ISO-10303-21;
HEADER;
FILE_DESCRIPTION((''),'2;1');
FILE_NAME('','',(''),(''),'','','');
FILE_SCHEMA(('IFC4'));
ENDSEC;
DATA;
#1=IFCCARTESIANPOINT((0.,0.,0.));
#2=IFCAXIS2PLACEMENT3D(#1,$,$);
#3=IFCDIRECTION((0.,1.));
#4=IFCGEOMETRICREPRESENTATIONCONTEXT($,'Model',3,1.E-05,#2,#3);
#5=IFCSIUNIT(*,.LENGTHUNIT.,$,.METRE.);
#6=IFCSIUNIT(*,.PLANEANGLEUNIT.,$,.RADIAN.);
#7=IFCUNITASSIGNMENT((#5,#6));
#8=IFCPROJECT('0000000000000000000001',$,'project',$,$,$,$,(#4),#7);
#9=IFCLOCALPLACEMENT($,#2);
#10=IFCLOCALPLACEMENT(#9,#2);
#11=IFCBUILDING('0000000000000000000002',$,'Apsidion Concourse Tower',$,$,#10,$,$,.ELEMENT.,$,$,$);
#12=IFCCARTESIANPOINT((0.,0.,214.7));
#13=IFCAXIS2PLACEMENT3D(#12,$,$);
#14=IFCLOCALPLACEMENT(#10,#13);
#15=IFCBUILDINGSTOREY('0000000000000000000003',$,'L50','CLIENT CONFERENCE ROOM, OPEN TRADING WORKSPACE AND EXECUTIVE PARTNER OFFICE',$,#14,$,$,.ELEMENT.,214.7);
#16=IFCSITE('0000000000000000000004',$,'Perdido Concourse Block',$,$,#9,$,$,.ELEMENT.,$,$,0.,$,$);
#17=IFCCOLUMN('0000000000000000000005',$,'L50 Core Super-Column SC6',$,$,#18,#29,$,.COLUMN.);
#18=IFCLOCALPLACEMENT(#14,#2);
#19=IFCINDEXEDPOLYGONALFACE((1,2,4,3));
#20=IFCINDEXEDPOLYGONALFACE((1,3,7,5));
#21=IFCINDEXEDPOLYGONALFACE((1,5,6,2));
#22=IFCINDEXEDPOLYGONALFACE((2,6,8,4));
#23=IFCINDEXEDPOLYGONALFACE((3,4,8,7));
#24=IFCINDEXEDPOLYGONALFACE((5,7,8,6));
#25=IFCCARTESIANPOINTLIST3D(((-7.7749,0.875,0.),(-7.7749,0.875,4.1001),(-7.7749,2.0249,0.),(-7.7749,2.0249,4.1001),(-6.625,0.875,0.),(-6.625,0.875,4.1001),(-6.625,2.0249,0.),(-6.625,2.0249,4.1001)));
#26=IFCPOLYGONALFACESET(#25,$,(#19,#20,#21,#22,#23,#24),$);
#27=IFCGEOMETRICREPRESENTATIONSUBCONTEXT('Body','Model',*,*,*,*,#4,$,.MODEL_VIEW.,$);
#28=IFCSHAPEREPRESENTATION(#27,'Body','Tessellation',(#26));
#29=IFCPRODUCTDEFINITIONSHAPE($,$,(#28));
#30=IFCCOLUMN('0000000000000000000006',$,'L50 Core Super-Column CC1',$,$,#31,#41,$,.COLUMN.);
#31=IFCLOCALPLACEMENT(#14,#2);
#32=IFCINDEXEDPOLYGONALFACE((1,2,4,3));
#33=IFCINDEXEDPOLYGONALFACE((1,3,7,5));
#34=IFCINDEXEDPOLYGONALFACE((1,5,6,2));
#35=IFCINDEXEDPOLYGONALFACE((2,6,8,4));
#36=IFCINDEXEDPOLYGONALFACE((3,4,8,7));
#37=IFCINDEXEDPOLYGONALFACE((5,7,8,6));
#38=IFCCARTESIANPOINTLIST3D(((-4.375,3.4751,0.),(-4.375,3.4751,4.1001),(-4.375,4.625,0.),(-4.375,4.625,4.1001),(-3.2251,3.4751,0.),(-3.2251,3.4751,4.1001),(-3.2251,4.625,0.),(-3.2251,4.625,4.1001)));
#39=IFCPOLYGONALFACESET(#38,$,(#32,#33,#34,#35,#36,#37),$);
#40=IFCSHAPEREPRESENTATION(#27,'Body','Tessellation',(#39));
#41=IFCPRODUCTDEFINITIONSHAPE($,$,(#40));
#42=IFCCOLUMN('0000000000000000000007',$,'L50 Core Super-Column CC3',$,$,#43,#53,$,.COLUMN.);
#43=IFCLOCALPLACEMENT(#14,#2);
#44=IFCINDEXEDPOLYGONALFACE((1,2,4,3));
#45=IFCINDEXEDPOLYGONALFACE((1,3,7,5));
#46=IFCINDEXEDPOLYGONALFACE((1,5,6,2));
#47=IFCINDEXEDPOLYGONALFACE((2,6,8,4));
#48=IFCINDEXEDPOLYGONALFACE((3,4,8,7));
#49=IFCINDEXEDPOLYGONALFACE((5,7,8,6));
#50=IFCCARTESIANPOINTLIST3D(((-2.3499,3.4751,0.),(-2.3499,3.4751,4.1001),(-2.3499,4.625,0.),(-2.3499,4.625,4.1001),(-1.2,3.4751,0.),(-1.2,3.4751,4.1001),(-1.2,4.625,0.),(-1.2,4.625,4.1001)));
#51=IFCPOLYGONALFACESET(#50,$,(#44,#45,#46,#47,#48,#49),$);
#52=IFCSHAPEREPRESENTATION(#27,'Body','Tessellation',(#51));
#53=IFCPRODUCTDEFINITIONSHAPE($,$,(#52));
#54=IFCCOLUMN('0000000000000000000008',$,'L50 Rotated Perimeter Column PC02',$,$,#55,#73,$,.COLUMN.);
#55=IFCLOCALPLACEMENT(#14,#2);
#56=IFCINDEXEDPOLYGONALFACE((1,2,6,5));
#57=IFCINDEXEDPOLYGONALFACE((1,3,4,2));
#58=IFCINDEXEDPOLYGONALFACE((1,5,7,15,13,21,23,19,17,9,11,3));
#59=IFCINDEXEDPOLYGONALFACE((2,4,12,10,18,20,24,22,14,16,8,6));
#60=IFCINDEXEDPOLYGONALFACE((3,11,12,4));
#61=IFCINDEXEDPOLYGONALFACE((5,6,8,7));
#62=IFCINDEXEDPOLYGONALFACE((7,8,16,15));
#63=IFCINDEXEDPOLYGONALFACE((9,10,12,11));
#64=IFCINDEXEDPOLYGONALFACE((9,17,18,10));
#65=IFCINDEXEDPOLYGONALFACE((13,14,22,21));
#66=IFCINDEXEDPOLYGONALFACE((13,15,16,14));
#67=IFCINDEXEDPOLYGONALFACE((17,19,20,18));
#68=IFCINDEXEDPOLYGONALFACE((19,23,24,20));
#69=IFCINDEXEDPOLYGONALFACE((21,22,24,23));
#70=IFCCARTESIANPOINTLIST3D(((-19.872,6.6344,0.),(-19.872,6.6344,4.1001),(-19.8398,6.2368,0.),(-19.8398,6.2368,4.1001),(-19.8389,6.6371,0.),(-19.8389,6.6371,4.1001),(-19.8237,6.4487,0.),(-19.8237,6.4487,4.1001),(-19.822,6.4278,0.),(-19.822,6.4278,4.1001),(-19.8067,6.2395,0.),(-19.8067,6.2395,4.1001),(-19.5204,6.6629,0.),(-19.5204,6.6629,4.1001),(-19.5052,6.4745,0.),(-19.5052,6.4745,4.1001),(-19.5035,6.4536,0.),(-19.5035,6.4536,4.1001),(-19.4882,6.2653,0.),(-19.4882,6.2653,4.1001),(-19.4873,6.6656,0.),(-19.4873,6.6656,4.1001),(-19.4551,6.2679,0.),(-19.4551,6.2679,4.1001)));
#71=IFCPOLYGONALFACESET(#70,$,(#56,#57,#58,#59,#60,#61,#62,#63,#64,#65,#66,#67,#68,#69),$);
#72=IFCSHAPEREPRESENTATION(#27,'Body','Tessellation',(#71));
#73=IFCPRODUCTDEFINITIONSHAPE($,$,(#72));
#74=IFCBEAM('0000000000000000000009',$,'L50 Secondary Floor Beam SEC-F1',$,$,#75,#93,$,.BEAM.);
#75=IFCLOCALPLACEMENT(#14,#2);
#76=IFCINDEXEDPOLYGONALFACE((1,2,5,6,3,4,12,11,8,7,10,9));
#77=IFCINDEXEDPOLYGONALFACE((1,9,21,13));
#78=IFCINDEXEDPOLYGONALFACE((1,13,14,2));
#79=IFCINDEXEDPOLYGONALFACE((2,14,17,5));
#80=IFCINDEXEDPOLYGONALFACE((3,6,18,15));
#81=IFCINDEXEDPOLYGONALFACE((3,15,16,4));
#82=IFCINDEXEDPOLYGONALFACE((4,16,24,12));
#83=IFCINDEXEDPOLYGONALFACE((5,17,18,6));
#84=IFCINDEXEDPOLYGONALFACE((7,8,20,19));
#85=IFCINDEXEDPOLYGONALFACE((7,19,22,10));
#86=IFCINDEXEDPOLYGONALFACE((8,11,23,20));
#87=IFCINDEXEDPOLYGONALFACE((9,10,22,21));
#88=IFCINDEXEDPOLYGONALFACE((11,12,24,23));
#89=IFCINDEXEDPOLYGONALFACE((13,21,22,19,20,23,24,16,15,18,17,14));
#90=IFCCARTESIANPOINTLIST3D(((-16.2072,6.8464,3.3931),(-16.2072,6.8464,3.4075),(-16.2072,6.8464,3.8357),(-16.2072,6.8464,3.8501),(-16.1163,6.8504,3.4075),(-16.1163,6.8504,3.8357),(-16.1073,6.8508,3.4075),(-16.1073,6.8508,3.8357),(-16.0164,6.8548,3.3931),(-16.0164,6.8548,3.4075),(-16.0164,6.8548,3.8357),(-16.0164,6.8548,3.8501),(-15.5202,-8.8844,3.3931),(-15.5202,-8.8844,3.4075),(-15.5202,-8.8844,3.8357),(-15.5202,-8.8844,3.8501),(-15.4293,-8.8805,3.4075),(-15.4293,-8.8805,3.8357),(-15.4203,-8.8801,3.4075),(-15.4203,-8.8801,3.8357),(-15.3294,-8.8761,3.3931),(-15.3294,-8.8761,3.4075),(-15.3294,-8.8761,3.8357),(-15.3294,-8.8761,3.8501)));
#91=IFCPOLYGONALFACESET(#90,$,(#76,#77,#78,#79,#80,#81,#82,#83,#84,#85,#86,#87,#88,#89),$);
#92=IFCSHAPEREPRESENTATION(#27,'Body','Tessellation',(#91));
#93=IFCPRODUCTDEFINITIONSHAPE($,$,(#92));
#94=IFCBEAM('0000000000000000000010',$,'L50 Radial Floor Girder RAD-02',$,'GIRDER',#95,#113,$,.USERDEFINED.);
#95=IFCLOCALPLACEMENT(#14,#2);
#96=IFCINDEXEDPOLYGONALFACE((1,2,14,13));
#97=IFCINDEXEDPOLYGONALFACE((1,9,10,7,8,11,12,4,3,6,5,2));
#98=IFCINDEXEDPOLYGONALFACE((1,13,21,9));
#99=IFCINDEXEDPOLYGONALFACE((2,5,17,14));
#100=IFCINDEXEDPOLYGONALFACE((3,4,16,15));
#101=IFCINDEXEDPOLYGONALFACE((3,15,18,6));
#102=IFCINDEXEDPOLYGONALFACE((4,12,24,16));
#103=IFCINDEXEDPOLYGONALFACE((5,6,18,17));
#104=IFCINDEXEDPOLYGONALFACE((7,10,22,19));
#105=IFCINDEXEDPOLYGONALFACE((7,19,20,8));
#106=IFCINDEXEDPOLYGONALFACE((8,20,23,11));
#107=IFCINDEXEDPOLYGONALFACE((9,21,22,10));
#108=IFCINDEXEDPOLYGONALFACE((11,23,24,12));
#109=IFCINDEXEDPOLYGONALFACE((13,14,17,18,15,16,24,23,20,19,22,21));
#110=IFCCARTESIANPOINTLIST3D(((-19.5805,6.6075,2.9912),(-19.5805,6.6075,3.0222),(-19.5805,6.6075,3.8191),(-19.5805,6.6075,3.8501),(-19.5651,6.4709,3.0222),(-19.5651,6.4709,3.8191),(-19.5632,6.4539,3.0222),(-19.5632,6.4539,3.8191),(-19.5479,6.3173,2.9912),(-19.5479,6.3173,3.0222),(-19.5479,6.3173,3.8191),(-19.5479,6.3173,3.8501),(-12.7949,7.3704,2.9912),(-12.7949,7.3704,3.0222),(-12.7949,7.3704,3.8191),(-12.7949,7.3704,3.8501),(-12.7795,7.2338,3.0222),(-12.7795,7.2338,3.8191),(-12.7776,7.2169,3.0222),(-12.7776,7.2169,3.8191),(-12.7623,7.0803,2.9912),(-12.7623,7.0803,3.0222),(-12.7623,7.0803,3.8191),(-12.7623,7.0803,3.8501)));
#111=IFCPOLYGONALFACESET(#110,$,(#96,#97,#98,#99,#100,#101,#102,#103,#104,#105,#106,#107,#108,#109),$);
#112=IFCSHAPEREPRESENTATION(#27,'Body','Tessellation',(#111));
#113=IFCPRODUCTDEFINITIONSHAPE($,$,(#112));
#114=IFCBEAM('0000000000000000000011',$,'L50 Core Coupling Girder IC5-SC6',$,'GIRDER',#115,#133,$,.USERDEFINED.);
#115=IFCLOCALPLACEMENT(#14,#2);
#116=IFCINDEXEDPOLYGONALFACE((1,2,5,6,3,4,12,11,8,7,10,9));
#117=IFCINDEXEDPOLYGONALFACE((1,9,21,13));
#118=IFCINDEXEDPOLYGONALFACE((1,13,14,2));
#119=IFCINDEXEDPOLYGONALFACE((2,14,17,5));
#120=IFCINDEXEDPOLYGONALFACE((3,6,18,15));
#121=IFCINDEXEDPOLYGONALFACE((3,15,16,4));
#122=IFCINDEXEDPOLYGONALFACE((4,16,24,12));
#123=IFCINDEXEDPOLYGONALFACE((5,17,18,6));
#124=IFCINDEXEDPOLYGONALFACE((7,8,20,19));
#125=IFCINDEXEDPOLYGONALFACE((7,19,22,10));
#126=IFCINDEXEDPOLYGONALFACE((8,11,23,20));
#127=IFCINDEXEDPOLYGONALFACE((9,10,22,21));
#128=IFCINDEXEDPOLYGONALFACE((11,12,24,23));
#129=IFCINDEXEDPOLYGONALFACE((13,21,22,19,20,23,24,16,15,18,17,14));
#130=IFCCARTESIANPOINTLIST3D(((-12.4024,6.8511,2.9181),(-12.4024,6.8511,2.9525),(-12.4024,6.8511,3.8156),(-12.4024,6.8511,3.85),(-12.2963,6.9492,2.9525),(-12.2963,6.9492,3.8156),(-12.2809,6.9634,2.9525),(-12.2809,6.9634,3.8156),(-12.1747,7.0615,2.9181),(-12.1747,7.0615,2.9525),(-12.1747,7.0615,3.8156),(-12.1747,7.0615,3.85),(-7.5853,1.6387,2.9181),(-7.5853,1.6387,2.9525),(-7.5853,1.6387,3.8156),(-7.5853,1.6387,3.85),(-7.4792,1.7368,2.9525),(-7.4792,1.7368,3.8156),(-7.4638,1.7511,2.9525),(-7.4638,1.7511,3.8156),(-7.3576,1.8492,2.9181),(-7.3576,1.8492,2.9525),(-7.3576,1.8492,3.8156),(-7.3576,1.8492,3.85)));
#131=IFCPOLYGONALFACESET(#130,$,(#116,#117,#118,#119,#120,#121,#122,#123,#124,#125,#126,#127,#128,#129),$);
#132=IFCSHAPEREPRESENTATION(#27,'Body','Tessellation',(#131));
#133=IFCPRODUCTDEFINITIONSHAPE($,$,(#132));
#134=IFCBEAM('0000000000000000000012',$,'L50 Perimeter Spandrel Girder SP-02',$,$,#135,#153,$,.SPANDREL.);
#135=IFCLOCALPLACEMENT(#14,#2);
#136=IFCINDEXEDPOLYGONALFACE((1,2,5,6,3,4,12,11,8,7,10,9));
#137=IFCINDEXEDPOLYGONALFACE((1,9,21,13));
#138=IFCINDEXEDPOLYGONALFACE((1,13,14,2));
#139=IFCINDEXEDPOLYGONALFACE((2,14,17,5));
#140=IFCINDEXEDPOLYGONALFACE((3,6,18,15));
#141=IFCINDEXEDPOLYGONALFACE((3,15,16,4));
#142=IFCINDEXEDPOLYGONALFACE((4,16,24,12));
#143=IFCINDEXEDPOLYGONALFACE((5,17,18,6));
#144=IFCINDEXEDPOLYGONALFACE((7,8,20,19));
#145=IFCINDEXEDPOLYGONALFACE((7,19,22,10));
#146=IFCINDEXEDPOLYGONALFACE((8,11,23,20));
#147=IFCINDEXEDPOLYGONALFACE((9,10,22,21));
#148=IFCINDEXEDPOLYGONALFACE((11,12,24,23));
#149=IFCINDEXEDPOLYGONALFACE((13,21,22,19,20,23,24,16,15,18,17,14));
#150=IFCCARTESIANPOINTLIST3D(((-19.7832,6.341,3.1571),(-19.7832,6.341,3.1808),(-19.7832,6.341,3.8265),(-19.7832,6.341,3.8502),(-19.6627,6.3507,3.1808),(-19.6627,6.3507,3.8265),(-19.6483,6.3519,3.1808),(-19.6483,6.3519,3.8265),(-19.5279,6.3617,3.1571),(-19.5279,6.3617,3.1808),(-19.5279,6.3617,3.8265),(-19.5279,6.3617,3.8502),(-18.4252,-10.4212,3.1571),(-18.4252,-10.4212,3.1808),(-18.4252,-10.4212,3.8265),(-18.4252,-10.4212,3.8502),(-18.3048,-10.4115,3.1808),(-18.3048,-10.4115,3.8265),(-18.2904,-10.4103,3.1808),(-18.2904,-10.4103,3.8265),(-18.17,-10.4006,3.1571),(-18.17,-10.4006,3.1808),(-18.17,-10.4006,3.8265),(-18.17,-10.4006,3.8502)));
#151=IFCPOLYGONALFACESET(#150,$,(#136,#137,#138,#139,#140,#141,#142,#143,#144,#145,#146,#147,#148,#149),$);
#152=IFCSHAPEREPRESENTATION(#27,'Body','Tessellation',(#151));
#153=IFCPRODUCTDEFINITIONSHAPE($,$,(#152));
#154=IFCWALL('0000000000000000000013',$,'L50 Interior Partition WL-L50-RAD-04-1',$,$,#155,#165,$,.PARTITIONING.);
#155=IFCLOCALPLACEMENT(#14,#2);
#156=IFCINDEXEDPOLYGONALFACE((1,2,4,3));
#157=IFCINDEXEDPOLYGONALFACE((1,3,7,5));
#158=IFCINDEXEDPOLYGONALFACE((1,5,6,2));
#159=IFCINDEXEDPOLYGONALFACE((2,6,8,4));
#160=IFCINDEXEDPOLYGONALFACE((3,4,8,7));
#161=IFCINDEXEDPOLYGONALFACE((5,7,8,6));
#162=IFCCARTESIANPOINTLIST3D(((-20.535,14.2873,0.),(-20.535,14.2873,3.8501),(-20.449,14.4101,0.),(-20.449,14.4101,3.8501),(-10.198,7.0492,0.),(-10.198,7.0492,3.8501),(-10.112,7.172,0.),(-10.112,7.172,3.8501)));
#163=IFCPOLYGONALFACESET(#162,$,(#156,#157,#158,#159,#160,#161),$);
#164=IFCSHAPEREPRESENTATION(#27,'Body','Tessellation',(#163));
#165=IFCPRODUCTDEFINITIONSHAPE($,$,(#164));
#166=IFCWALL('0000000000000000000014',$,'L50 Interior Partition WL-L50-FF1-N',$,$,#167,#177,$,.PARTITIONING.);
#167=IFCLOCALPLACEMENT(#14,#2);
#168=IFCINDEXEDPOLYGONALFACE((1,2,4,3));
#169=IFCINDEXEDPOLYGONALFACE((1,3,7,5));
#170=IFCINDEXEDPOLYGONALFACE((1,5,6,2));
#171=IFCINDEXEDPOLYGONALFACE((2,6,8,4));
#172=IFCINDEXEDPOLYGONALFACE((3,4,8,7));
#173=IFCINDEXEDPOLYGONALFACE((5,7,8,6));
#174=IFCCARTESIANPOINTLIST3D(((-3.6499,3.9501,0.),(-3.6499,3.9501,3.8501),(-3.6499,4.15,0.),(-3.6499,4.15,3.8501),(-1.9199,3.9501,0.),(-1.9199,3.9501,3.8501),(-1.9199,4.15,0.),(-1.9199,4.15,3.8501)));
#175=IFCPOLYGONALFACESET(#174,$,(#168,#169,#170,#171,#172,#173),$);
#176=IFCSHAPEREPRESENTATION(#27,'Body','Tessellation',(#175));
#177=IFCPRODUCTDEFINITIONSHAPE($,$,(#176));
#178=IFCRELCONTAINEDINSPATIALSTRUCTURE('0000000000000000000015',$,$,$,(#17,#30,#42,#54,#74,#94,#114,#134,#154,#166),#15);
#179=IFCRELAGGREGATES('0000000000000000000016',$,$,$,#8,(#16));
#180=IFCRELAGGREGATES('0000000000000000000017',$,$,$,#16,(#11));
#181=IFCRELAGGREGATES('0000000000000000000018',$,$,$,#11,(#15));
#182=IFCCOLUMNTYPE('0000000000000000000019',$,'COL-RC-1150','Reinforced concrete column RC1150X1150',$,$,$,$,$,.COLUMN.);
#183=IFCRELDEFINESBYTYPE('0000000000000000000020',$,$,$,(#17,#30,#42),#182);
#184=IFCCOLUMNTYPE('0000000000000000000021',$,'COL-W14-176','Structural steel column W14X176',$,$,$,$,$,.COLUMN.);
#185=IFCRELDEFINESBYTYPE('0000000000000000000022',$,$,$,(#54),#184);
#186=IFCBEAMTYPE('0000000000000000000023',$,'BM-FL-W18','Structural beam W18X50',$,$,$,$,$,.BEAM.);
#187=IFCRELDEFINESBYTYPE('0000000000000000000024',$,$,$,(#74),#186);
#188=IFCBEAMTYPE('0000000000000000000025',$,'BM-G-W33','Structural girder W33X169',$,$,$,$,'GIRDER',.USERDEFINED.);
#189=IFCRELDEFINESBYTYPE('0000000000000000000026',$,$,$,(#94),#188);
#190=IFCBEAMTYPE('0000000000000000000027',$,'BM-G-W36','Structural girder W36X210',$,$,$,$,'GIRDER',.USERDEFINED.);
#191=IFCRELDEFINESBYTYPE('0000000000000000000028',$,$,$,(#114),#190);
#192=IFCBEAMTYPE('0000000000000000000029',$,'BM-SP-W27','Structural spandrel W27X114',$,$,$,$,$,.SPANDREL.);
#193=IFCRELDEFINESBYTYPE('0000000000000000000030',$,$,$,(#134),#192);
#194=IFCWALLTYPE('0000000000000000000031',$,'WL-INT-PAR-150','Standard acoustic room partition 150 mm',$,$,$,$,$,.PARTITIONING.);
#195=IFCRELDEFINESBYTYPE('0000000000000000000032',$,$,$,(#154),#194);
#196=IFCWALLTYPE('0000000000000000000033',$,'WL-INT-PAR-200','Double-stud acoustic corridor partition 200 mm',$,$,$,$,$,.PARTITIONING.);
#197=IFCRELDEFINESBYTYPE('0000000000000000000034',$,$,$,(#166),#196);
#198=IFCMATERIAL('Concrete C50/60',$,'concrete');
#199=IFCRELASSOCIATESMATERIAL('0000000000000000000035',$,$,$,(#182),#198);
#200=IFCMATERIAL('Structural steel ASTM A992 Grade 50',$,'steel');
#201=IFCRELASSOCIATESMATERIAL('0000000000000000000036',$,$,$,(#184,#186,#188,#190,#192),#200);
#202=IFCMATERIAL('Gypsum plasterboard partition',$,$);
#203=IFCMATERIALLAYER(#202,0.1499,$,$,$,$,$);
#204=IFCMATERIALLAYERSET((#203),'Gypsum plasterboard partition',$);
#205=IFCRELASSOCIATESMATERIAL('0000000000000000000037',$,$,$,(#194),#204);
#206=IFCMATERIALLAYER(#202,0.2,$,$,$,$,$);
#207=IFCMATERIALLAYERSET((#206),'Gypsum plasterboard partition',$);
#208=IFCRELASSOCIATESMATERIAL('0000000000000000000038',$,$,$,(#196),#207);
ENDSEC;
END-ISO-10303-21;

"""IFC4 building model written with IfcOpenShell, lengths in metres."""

from ifc_helpers import new_model, si_unit, direction, frame, frame_2d, origin, origin_2d, place, context, subcontext, project, spatial, rectangle, i_section, extrude, material, layer, layer_set, material_profile, profile_set, type_object, element, save


model = new_model("IFC4")

# Units and contexts
model_context = context("Model", 3, precision=1e-05, world=origin(), true_north=direction((0.0, 1.0)))
body_context = subcontext(model_context, "Body", "Model", "MODEL_VIEW")
ifc_project = project(units=[si_unit("LENGTHUNIT", "METRE"), si_unit("PLANEANGLEUNIT", "RADIAN")], contexts=[model_context])

# Site, building, storey
site_placement = place(None, origin())
site = spatial("IfcSite", under=ifc_project, at=site_placement, Name="Perdido Concourse Block", CompositionType="ELEMENT", RefElevation=0.0)
building_placement = place(site_placement, origin())
building = spatial("IfcBuilding", under=site, at=building_placement, Name="Apsidion Concourse Tower", CompositionType="ELEMENT")
storey_placement = place(building_placement, frame((0.0, 0.0, 214.7)))
storey = spatial("IfcBuildingStorey", under=building, at=storey_placement, Name="L50", Description="CLIENT CONFERENCE ROOM, OPEN TRADING WORKSPACE AND EXECUTIVE PARTNER OFFICE", CompositionType="ELEMENT", Elevation=214.7)

# Columns
ifc_material_1 = material(Name="Concrete C50/60", Category="concrete")
ifc_material_profile_1 = material_profile(ifc_material_1, rectangle(XDim=1.1499, YDim=1.1499, at=origin_2d()), Name="RC 1150x1150")
ifc_profile_set_1 = profile_set([ifc_material_profile_1], Name="Concrete C50/60")
column_type_1 = type_object("IfcColumnType", Name="COL-RC-1150", Description="Reinforced concrete column RC1150X1150", PredefinedType="COLUMN", material=ifc_profile_set_1)
for number, where, z_axis, x_axis, name in (
    (1, (-7.2, 1.45, 0.0), (0.0, 0.0, 1.0), (1.0, 0.0, 0.0), "L50 Core Super-Column SC6"),
    (2, (-3.8, 4.05, 0.0), (0.0, 0.0, 1.0), (1.0, 0.0, 0.0), "L50 Core Super-Column CC1"),
    (3, (-1.7749, 4.05, 0.0), (0.0, 0.0, 1.0), (1.0, 0.0, 0.0), "L50 Core Super-Column CC3"),
):
    element("IfcColumn", number, at=place(storey_placement, frame(where, z_axis=z_axis, x_axis=x_axis)), inside=storey, type_object=column_type_1, Name=name, PredefinedType="COLUMN", context=body_context, shape_type="SweptSolid", body=[
        extrude(rectangle(XDim=1.1499, YDim=1.1499, at=origin_2d()), origin(), (0.0, 0.0, 1.0), 4.1001),
    ])
ifc_material_2 = material(Name="Structural steel ASTM A992 Grade 50", Category="steel")
ifc_material_profile_2 = material_profile(ifc_material_2, i_section(OverallWidth=0.3989, OverallDepth=0.386, WebThickness=0.021, FlangeThickness=0.0332, at=origin_2d()), Name="W14X176")
ifc_profile_set_2 = profile_set([ifc_material_profile_2], Name="Structural steel ASTM A992 Grade 50")
column_type_2 = type_object("IfcColumnType", Name="COL-W14-176", Description="Structural steel column W14X176", PredefinedType="COLUMN", material=ifc_profile_set_2)
column_placement = place(storey_placement, frame((-19.6636, 6.4512, 0.0), z_axis=(0.0, 0.0, 1.0), x_axis=(-0.080721, 0.996737, 0.0)))
element("IfcColumn", 4, at=column_placement, inside=storey, type_object=column_type_2, Name="L50 Rotated Perimeter Column PC02", PredefinedType="COLUMN", context=body_context, shape_type="SweptSolid", body=[
    extrude(i_section(OverallWidth=0.3989, OverallDepth=0.386, WebThickness=0.021, FlangeThickness=0.0332, at=origin_2d()), origin(), (0.0, 0.0, 1.0), 4.1001),
])

# Beams
ifc_material_profile_3 = material_profile(ifc_material_2, i_section(OverallWidth=0.1909, OverallDepth=0.457, WebThickness=0.009, FlangeThickness=0.0144, at=origin_2d()), Name="W18X50")
ifc_profile_set_3 = profile_set([ifc_material_profile_3], Name="Structural steel ASTM A992 Grade 50")
beam_type_1 = type_object("IfcBeamType", Name="BM-FL-W18", Description="Structural beam W18X50", PredefinedType="BEAM", material=ifc_profile_set_3)
beam_1_placement = place(storey_placement, frame((-16.1118, 6.8506, 3.6216), z_axis=(0.043631, -0.999048, 0.0), x_axis=(0.999048, 0.043631, 0.0)))
element("IfcBeam", 5, at=beam_1_placement, inside=storey, type_object=beam_type_1, Name="L50 Secondary Floor Beam SEC-F1", PredefinedType="BEAM", context=body_context, shape_type="SweptSolid", body=[
    extrude(i_section(OverallWidth=0.1909, OverallDepth=0.457, WebThickness=0.009, FlangeThickness=0.0144, at=origin_2d()), origin(), (0.0, 0.0, 1.0), 15.7458),
])
ifc_material_profile_4 = material_profile(ifc_material_2, i_section(OverallWidth=0.292, OverallDepth=0.8589, WebThickness=0.0171, FlangeThickness=0.031, at=origin_2d()), Name="W33X169")
ifc_profile_set_4 = profile_set([ifc_material_profile_4], Name="Structural steel ASTM A992 Grade 50")
beam_type_2 = type_object("IfcBeamType", Name="BM-G-W33", Description="Structural girder W33X169", ElementType="GIRDER", PredefinedType="USERDEFINED", material=ifc_profile_set_4)
beam_2_placement = place(storey_placement, frame((-12.7786, 7.2253, 3.4207), z_axis=(-0.993739, -0.11173, 0.0), x_axis=(0.11173, -0.993739, 0.0)))
element("IfcBeam", 6, at=beam_2_placement, inside=storey, type_object=beam_type_2, Name="L50 Radial Floor Girder RAD-02", ObjectType="GIRDER", PredefinedType="USERDEFINED", context=body_context, shape_type="SweptSolid", body=[
    extrude(i_section(OverallWidth=0.292, OverallDepth=0.8589, WebThickness=0.0171, FlangeThickness=0.031, at=origin_2d()), origin(), (0.0, 0.0, 1.0), 6.8284),
])
ifc_material_profile_5 = material_profile(ifc_material_2, i_section(OverallWidth=0.3101, OverallDepth=0.9319, WebThickness=0.021, FlangeThickness=0.0344, at=origin_2d()), Name="W36X210")
ifc_profile_set_5 = profile_set([ifc_material_profile_5], Name="Structural steel ASTM A992 Grade 50")
beam_type_3 = type_object("IfcBeamType", Name="BM-G-W36", Description="Structural girder W36X210", ElementType="GIRDER", PredefinedType="USERDEFINED", material=ifc_profile_set_5)
beam_3_placement = place(storey_placement, frame((-12.2886, 6.9563, 3.384), z_axis=(0.678713, -0.734404, 0.0), x_axis=(0.734404, 0.678713, 0.0)))
element("IfcBeam", 7, at=beam_3_placement, inside=storey, type_object=beam_type_3, Name="L50 Core Coupling Girder IC5-SC6", ObjectType="GIRDER", PredefinedType="USERDEFINED", context=body_context, shape_type="SweptSolid", body=[
    extrude(i_section(OverallWidth=0.3101, OverallDepth=0.9319, WebThickness=0.021, FlangeThickness=0.0344, at=origin_2d()), origin(), (0.0, 0.0, 1.0), 7.0974),
])
ifc_material_profile_6 = material_profile(ifc_material_2, i_section(OverallWidth=0.2561, OverallDepth=0.6931, WebThickness=0.0144, FlangeThickness=0.0237, at=origin_2d()), Name="W27X114")
ifc_profile_set_6 = profile_set([ifc_material_profile_6], Name="Structural steel ASTM A992 Grade 50")
beam_type_4 = type_object("IfcBeamType", Name="BM-SP-W27", Description="Structural spandrel W27X114", PredefinedType="SPANDREL", material=ifc_profile_set_6)
beam_4_placement = place(storey_placement, frame((-19.6555, 6.3513, 3.5037), z_axis=(0.080746, -0.996735, 0.0), x_axis=(0.996735, 0.080746, 0.0)))
element("IfcBeam", 8, at=beam_4_placement, inside=storey, type_object=beam_type_4, Name="L50 Perimeter Spandrel Girder SP-02", PredefinedType="SPANDREL", context=body_context, shape_type="SweptSolid", body=[
    extrude(i_section(OverallWidth=0.2561, OverallDepth=0.6931, WebThickness=0.0144, FlangeThickness=0.0237, at=origin_2d()), origin(), (0.0, 0.0, 1.0), 16.8171),
])

# Walls
ifc_material_3 = material(Name="Gypsum plasterboard partition")
ifc_layer_1 = layer(ifc_material_3, 0.1499)
ifc_layer_set_1 = layer_set([ifc_layer_1], Name="Gypsum plasterboard partition")
wall_type_1 = type_object("IfcWallType", Name="WL-INT-PAR-150", Description="Standard acoustic room partition 150 mm", PredefinedType="PARTITIONING", material=ifc_layer_set_1)
wall_1_placement = place(storey_placement, frame((-10.155, 7.1106, 0.0), z_axis=(0.0, 0.0, 1.0), x_axis=(-0.81915, 0.573579, 0.0)))
element("IfcWall", 9, at=wall_1_placement, inside=storey, type_object=wall_type_1, Name="L50 Interior Partition WL-L50-RAD-04-1", PredefinedType="PARTITIONING", context=body_context, shape_type="SweptSolid", body=[
    extrude(rectangle(XDim=12.6191, YDim=0.1499, at=frame_2d((6.3096, 0.0))), origin(), (0.0, 0.0, 1.0), 3.8501),
])
ifc_layer_2 = layer(ifc_material_3, 0.2)
ifc_layer_set_2 = layer_set([ifc_layer_2], Name="Gypsum plasterboard partition")
wall_type_2 = type_object("IfcWallType", Name="WL-INT-PAR-200", Description="Double-stud acoustic corridor partition 200 mm", PredefinedType="PARTITIONING", material=ifc_layer_set_2)
wall_2_placement = place(storey_placement, frame((-3.6499, 4.05, 0.0), z_axis=(0.0, 0.0, 1.0), x_axis=(1.0, 0.0, 0.0)))
element("IfcWall", 10, at=wall_2_placement, inside=storey, type_object=wall_type_2, Name="L50 Interior Partition WL-L50-FF1-N", PredefinedType="PARTITIONING", context=body_context, shape_type="SweptSolid", body=[
    extrude(rectangle(XDim=1.73, YDim=0.2, at=frame_2d((0.865, 0.0))), origin(), (0.0, 0.0, 1.0), 3.8501),
])

save(model, "model.ifc")
